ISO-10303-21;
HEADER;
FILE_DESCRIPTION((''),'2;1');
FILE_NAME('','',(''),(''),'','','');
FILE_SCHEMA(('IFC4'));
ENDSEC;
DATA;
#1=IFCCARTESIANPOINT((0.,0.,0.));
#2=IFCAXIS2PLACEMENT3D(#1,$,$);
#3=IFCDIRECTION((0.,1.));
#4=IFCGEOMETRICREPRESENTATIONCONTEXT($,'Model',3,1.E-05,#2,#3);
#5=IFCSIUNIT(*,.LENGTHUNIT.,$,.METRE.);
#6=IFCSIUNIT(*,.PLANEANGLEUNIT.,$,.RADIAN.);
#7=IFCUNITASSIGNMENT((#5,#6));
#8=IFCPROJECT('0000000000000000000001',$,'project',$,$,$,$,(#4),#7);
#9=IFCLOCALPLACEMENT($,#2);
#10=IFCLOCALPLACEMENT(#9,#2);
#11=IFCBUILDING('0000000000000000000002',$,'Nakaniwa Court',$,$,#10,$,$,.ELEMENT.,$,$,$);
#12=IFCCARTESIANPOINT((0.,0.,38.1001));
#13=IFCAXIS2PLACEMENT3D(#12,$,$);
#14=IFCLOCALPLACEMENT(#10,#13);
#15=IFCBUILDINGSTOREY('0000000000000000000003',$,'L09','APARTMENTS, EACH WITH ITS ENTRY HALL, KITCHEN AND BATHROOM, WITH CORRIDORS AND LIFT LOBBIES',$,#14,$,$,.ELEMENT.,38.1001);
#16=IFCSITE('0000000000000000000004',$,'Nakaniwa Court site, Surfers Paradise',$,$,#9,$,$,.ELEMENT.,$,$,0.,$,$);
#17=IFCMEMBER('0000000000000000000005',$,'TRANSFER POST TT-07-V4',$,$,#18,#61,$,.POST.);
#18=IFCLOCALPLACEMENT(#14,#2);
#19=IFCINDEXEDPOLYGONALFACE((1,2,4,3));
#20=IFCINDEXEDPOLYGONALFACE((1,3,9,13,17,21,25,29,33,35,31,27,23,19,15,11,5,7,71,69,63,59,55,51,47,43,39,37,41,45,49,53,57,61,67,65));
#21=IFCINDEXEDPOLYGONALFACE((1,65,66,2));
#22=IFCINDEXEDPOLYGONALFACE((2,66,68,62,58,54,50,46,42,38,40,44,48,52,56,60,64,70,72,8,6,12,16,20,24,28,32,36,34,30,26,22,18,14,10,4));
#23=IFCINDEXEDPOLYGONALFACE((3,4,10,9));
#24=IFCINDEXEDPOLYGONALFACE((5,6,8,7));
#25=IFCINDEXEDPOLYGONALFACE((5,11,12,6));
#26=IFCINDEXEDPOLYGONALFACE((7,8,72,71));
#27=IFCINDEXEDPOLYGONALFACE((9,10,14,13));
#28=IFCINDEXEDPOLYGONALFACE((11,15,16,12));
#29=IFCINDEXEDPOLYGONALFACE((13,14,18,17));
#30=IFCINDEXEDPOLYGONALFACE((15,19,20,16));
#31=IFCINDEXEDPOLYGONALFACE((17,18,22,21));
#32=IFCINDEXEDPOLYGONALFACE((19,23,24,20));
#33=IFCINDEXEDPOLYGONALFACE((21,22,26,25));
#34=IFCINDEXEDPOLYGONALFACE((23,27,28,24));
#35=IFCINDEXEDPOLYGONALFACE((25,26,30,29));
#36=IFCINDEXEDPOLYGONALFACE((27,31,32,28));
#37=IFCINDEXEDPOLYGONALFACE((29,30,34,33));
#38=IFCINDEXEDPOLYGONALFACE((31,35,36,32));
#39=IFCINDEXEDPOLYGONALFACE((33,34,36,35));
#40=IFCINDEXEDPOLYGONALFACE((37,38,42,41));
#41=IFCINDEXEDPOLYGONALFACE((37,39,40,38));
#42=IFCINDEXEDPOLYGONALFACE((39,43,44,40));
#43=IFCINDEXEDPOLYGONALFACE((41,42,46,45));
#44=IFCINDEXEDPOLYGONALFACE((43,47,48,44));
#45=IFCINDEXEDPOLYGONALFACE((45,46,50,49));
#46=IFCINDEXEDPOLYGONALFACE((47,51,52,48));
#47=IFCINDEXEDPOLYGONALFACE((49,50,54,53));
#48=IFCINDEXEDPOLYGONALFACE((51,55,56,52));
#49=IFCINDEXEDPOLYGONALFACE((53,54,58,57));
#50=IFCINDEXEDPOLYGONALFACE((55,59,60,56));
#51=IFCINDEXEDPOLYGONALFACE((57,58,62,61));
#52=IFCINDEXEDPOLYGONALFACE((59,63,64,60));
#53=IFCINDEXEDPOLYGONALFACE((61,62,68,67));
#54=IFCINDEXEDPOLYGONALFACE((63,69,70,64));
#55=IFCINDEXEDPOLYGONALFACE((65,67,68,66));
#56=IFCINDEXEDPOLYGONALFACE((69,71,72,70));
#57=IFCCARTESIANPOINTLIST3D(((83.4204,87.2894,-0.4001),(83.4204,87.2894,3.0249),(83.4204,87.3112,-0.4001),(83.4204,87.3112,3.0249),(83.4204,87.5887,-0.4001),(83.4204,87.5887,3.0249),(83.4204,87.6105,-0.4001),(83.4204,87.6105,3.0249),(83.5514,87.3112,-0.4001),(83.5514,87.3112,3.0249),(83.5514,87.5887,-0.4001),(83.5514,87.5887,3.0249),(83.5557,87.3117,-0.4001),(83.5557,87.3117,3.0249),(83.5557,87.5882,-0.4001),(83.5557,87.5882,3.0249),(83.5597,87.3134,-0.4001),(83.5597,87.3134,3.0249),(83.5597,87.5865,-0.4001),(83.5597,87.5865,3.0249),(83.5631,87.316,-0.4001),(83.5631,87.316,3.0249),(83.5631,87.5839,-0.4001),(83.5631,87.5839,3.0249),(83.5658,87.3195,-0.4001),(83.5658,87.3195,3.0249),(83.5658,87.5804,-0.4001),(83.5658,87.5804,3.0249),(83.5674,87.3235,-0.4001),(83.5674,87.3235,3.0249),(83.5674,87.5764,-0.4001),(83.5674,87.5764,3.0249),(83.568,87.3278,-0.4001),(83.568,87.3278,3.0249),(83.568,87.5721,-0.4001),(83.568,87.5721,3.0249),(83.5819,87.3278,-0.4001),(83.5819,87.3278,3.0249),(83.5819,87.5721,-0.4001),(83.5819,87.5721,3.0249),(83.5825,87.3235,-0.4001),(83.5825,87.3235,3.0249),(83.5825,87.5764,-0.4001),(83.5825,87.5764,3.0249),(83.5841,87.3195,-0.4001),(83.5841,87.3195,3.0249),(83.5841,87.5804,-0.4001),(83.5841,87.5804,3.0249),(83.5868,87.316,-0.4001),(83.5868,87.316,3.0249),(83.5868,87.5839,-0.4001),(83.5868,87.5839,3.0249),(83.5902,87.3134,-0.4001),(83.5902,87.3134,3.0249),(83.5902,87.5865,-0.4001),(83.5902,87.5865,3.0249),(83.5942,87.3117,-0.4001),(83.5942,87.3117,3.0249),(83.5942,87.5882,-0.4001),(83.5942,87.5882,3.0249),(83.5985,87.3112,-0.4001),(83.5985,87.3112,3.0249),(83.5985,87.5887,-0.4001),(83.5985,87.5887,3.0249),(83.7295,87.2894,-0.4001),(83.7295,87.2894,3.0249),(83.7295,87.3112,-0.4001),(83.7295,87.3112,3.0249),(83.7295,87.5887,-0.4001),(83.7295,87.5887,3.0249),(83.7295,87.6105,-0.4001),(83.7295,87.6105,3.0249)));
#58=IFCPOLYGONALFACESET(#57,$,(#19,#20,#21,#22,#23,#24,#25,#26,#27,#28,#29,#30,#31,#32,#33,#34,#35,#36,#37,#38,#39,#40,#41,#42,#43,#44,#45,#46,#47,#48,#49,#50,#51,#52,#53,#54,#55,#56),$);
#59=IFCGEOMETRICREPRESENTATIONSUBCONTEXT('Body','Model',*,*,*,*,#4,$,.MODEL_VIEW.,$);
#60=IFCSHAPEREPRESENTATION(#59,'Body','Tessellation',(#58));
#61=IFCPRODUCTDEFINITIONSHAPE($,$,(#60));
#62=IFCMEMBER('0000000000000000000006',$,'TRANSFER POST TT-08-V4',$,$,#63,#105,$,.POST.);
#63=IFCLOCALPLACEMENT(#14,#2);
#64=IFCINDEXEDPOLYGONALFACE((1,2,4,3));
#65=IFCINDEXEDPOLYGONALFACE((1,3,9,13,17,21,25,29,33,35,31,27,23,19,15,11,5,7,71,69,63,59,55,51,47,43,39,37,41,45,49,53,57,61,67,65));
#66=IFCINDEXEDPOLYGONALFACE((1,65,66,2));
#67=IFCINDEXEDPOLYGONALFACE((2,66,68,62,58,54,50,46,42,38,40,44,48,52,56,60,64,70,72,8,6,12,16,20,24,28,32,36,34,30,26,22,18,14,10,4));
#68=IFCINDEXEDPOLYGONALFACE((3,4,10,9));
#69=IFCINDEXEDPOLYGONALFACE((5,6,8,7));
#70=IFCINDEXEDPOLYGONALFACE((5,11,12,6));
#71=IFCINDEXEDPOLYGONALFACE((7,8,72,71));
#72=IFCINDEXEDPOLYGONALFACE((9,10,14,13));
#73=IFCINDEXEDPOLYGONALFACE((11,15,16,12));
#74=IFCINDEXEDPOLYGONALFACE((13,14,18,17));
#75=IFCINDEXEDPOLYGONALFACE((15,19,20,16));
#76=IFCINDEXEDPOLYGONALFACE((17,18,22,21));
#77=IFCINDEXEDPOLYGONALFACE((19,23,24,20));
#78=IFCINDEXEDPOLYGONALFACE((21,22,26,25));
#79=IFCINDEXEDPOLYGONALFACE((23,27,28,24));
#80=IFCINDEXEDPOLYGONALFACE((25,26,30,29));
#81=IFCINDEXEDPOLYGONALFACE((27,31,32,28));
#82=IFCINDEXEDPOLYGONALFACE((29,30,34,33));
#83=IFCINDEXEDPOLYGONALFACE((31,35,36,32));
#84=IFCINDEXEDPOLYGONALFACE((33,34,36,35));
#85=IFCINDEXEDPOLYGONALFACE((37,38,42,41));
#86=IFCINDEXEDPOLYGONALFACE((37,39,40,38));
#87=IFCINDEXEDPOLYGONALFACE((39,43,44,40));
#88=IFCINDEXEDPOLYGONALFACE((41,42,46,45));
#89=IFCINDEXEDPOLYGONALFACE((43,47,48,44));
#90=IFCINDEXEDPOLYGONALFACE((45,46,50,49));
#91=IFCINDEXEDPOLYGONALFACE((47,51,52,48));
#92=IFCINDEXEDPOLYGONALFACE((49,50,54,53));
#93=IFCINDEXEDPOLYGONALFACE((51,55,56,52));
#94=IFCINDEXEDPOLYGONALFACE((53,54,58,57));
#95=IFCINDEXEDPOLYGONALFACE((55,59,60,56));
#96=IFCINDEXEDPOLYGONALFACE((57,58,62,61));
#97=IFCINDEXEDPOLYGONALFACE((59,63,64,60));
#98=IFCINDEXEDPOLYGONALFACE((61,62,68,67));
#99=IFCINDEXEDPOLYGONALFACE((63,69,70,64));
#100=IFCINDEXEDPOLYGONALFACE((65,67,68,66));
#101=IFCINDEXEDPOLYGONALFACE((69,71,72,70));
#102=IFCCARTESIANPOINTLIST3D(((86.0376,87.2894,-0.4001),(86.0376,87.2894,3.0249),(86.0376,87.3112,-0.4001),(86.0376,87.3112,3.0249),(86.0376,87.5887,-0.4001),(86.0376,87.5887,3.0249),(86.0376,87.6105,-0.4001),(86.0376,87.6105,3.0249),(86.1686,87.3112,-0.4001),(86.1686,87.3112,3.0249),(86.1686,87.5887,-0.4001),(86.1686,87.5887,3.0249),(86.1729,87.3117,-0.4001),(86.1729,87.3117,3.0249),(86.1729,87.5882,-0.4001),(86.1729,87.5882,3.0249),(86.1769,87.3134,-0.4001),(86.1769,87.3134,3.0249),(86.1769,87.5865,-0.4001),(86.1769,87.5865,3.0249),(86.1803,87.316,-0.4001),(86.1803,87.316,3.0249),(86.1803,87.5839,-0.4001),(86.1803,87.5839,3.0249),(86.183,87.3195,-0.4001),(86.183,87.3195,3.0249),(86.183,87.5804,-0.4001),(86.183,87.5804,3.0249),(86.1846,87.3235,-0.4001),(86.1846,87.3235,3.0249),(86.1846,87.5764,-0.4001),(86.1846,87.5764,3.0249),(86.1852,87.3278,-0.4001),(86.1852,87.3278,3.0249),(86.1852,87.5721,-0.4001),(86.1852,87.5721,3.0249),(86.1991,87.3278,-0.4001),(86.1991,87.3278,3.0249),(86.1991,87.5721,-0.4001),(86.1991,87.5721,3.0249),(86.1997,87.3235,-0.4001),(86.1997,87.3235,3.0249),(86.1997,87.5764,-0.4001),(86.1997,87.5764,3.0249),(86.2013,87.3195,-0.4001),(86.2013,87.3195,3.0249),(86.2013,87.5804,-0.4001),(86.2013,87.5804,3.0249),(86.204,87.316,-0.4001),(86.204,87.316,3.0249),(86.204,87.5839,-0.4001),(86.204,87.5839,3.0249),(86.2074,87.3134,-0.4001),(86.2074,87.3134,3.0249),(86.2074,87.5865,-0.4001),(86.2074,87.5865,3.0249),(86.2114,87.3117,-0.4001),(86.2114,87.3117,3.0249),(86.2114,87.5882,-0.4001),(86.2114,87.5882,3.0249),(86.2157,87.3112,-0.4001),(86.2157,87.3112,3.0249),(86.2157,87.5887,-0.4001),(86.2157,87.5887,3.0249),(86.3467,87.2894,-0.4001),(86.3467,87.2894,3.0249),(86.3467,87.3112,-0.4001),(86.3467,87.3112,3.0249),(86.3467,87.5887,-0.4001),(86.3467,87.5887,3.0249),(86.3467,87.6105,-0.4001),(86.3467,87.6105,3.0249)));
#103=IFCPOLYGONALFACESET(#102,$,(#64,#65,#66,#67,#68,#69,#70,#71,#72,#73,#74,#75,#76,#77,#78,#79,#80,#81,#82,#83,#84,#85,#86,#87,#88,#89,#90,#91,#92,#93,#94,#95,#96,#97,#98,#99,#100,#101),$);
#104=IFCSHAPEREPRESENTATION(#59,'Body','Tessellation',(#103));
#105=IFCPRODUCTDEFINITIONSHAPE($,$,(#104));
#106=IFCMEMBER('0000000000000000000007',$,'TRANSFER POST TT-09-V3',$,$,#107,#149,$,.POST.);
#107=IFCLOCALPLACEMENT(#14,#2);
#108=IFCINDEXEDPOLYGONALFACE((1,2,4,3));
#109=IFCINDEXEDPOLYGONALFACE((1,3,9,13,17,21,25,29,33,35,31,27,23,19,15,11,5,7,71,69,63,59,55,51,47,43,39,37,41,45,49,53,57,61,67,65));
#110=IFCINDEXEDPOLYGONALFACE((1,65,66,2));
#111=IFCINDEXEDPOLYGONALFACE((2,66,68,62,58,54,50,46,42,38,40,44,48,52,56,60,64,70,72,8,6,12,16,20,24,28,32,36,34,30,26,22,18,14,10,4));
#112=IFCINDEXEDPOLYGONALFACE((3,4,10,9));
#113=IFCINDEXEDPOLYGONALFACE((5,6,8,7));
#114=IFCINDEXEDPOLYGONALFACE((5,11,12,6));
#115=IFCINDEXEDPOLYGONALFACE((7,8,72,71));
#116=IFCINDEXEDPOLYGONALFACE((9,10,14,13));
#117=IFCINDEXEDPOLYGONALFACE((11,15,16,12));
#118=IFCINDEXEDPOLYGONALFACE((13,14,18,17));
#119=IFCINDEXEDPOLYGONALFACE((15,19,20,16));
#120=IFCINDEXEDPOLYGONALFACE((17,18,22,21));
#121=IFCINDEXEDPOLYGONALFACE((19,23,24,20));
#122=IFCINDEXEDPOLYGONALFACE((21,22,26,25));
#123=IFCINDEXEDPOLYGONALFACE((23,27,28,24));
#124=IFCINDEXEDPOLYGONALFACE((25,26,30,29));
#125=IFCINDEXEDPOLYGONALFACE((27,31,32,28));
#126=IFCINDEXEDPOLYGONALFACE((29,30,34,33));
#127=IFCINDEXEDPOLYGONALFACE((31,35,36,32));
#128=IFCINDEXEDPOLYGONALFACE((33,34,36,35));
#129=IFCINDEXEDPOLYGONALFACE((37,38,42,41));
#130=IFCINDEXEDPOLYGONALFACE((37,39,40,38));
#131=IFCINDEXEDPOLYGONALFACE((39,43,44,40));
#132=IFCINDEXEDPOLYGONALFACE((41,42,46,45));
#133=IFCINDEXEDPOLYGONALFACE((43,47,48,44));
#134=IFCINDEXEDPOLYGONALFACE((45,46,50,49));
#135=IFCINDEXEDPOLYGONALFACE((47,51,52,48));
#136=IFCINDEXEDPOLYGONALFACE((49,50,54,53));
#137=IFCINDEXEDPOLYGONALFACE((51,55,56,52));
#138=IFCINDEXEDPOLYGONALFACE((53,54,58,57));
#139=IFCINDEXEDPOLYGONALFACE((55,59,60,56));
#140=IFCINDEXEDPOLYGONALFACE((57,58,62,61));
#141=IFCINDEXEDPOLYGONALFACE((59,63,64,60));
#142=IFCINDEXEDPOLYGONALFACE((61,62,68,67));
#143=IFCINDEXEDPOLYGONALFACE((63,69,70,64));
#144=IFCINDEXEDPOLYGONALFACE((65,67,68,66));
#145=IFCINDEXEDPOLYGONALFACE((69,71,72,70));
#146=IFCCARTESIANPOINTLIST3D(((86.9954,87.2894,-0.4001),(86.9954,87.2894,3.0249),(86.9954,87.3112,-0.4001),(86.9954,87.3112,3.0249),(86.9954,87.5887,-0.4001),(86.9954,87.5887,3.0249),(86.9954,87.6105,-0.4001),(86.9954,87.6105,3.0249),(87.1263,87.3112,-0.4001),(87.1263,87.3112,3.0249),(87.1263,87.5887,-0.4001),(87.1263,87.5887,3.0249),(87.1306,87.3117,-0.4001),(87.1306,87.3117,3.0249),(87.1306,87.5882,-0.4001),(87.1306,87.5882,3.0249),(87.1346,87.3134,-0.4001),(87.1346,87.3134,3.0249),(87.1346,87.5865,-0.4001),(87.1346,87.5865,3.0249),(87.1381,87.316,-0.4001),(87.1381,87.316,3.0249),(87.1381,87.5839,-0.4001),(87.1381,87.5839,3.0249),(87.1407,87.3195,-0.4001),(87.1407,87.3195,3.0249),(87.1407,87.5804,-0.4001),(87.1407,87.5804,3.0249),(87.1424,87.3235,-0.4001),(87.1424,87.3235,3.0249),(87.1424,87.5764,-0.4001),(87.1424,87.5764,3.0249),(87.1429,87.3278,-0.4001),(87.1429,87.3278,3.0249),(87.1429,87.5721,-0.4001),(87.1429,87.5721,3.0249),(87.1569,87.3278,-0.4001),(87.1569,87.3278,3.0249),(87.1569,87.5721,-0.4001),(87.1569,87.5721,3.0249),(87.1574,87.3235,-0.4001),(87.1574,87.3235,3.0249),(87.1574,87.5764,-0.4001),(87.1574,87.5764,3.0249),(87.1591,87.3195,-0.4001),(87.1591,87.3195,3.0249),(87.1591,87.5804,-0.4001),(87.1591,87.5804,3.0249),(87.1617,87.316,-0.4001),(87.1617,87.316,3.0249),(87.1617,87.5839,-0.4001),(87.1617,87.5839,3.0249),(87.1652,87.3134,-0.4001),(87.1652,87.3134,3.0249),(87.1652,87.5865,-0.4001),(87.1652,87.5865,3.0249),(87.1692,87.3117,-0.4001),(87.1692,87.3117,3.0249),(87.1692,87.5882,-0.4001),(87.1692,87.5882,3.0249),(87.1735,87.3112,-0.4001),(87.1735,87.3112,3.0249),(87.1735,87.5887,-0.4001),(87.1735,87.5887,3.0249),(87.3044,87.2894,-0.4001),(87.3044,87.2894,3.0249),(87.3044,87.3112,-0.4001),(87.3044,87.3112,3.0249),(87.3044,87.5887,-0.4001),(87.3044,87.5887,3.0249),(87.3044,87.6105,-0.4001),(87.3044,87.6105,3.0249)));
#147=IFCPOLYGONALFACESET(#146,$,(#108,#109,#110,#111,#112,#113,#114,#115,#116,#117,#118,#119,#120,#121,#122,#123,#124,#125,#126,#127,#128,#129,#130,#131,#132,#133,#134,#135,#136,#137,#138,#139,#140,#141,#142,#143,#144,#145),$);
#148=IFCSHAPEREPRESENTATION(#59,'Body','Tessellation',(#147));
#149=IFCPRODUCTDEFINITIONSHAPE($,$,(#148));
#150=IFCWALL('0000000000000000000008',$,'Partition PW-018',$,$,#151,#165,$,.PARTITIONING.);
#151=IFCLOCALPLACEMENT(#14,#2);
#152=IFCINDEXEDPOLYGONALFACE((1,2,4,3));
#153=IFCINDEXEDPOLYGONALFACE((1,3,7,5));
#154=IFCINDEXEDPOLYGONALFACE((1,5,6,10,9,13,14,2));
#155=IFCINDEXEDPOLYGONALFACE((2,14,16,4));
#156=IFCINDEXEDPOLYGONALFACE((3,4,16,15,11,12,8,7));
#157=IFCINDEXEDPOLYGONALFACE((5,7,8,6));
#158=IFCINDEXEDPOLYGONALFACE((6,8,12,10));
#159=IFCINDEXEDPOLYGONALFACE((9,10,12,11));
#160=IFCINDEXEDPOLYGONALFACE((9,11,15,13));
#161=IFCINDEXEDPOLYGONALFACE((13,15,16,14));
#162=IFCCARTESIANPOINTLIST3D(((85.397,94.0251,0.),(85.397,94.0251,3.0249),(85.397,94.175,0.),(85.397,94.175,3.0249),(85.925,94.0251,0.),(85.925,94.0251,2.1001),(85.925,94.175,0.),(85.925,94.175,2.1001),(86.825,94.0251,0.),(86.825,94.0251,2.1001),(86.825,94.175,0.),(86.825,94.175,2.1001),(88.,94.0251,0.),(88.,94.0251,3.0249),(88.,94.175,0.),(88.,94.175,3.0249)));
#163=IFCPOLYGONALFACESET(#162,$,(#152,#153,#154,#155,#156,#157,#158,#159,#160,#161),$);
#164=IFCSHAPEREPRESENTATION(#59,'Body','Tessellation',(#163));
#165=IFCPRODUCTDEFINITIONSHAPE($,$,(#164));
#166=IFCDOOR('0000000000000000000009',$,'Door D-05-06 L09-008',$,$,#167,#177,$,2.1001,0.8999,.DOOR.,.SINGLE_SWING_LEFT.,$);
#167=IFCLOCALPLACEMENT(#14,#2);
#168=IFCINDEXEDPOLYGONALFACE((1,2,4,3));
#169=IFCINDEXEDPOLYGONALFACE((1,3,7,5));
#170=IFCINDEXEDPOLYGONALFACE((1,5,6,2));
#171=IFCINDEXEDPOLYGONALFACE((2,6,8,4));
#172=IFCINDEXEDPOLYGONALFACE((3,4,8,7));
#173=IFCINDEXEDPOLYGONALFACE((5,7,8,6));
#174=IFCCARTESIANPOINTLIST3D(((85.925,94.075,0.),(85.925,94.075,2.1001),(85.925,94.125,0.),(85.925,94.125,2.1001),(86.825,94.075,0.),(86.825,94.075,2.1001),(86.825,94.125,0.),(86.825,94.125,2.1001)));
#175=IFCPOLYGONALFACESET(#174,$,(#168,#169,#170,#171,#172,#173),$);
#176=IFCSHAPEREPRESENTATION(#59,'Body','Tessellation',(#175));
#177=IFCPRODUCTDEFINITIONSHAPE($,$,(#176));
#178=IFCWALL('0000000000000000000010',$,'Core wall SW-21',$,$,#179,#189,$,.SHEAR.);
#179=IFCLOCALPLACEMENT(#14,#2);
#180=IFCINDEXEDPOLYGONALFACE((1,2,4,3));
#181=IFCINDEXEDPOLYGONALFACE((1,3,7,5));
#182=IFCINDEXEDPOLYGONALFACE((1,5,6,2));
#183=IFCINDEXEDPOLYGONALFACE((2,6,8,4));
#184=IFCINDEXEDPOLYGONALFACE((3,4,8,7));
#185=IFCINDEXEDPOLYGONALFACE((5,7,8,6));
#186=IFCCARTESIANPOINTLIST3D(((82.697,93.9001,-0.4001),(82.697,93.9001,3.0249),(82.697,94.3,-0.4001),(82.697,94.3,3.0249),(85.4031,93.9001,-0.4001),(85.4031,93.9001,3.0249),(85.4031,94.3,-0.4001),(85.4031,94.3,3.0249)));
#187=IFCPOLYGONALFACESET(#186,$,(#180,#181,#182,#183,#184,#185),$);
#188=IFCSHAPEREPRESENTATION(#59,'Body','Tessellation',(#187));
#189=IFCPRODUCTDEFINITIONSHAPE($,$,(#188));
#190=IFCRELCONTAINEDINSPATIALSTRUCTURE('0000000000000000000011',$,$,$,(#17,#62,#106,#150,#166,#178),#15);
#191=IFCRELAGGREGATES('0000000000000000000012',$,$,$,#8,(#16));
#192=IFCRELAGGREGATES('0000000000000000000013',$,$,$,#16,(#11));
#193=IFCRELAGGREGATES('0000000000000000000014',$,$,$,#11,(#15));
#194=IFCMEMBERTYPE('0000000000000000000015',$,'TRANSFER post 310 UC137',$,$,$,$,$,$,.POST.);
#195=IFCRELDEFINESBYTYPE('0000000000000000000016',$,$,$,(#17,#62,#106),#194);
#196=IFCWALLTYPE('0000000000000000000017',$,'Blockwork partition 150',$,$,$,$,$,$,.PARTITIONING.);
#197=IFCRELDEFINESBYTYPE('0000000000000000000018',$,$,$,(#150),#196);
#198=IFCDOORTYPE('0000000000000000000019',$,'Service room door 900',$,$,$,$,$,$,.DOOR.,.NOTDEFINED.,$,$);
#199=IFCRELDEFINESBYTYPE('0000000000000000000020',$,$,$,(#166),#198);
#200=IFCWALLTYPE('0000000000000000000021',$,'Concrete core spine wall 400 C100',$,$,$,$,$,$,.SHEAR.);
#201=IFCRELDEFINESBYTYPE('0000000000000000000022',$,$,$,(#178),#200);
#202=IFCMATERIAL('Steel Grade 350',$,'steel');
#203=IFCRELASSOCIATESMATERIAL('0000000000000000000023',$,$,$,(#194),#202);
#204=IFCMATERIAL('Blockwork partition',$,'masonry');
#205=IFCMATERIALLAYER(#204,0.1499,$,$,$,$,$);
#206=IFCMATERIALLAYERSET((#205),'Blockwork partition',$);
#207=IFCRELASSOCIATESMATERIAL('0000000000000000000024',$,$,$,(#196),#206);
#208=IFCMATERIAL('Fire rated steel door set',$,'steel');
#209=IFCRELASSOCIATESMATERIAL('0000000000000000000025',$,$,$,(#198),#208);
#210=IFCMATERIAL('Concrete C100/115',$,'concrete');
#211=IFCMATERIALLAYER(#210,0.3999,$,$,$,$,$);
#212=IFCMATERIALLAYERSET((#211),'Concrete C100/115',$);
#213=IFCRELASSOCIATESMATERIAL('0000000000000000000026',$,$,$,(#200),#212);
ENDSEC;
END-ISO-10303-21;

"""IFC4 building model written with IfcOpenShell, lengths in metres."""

from ifc_helpers import new_model, si_unit, direction, frame, frame_2d, origin, origin_2d, place, context, subcontext, project, spatial, rectangle, i_section, extrude, material, layer, layer_set, material_profile, profile_set, type_object, element, fill, save


model = new_model("IFC4")

# Units and contexts
model_context = context("Model", 3, precision=1e-05, world=origin(), true_north=direction((0.0, 1.0)))
body_context = subcontext(model_context, "Body", "Model", "MODEL_VIEW")
ifc_project = project(units=[si_unit("LENGTHUNIT", "METRE"), si_unit("PLANEANGLEUNIT", "RADIAN")], contexts=[model_context])

# Site, building, storey
site_placement = place(None, origin())
site = spatial("IfcSite", under=ifc_project, at=site_placement, Name="Nakaniwa Court site, Surfers Paradise", CompositionType="ELEMENT", RefElevation=0.0)
building_placement = place(site_placement, origin())
building = spatial("IfcBuilding", under=site, at=building_placement, Name="Nakaniwa Court", CompositionType="ELEMENT")
storey_placement = place(building_placement, frame((0.0, 0.0, 38.1001)))
storey = spatial("IfcBuildingStorey", under=building, at=storey_placement, Name="L09", Description="APARTMENTS, EACH WITH ITS ENTRY HALL, KITCHEN AND BATHROOM, WITH CORRIDORS AND LIFT LOBBIES", CompositionType="ELEMENT", Elevation=38.1001)

# Members
ifc_material_1 = material(Name="Steel Grade 350", Category="steel")
ifc_material_profile_1 = material_profile(ifc_material_1, i_section(OverallWidth=0.3091, OverallDepth=0.321, WebThickness=0.0139, FlangeThickness=0.0217, FilletRadius=0.0166, at=origin_2d()), Name="310UC137")
ifc_profile_set_1 = profile_set([ifc_material_profile_1], Name="Steel Grade 350")
member_type = type_object("IfcMemberType", Name="TRANSFER post 310 UC137", PredefinedType="POST", material=ifc_profile_set_1)
for number, where, z_axis, x_axis, name in (
    (1, (83.575, 87.45, -0.4001), (0.0, 0.0, 1.0), (1.0, 0.0, 0.0), "TRANSFER POST TT-07-V4"),
    (2, (86.1921, 87.45, -0.4001), (0.0, 0.0, 1.0), (1.0, 0.0, 0.0), "TRANSFER POST TT-08-V4"),
    (3, (87.1499, 87.45, -0.4001), (0.0, 0.0, 1.0), (1.0, 0.0, 0.0), "TRANSFER POST TT-09-V3"),
):
    element("IfcMember", number, at=place(storey_placement, frame(where, z_axis=z_axis, x_axis=x_axis)), inside=storey, type_object=member_type, Name=name, PredefinedType="POST", context=body_context, shape_type="SweptSolid", body=[
        extrude(i_section(OverallWidth=0.3091, OverallDepth=0.321, WebThickness=0.0139, FlangeThickness=0.0217, FilletRadius=0.0166, at=origin_2d()), origin(), (0.0, 0.0, 1.0), 3.425),
    ])

# Wall, opening, door
ifc_material_2 = material(Name="Blockwork partition", Category="masonry")
ifc_layer_1 = layer(ifc_material_2, 0.1499)
ifc_layer_set_1 = layer_set([ifc_layer_1], Name="Blockwork partition")
wall_type_1 = type_object("IfcWallType", Name="Blockwork partition 150", PredefinedType="PARTITIONING", material=ifc_layer_set_1)
wall_1_placement = place(storey_placement, frame((85.397, 94.1001, 0.0), z_axis=(0.0, 0.0, 1.0), x_axis=(1.0, 0.0, 0.0)))
wall_1 = element("IfcWall", 4, at=wall_1_placement, inside=storey, type_object=wall_type_1, Name="Partition PW-018", PredefinedType="PARTITIONING", context=body_context, shape_type="SweptSolid", body=[
    extrude(rectangle(XDim=2.603, YDim=0.1499, at=frame_2d((1.3015, 0.0))), origin(), (0.0, 0.0, 1.0), 3.0249),
])
opening_1_placement = place(wall_1_placement, frame((0.5281, 0.0, 0.0)))
opening_1 = element("IfcOpeningElement", 5, at=opening_1_placement, cuts=wall_1, PredefinedType="OPENING", context=body_context, shape_type="SweptSolid", body=[
    extrude(rectangle(XDim=0.8999, YDim=2.1001, at=frame_2d((0.45, 1.05))), frame((0.0, 0.085, 0.0), z_axis=(0.0, -1.0, 0.0), x_axis=(1.0, 0.0, 0.0)), (0.0, 0.0, 1.0), 0.1699),
])
ifc_material_3 = material(Name="Fire rated steel door set", Category="steel")
door_type = type_object("IfcDoorType", Name="Service room door 900", OperationType="NOTDEFINED", PredefinedType="DOOR", material=ifc_material_3)
door_1_placement = place(opening_1_placement, origin())
door_1 = element("IfcDoor", 6, at=door_1_placement, inside=storey, type_object=door_type, Name="Door D-05-06 L09-008", OperationType="SINGLE_SWING_LEFT", OverallHeight=2.1001, OverallWidth=0.8999, PredefinedType="DOOR", context=body_context, shape_type="SweptSolid", body=[
    extrude(rectangle(XDim=0.8999, YDim=2.1001, at=frame_2d((0.45, 1.05))), frame((0.0, 0.0249, 0.0), z_axis=(0.0, -1.0, 0.0), x_axis=(1.0, 0.0, 0.0)), (0.0, 0.0, 1.0), 0.05),
])
fill(opening_1, door_1)

# Wall
ifc_material_4 = material(Name="Concrete C100/115", Category="concrete")
ifc_layer_2 = layer(ifc_material_4, 0.3999)
ifc_layer_set_2 = layer_set([ifc_layer_2], Name="Concrete C100/115")
wall_type_2 = type_object("IfcWallType", Name="Concrete core spine wall 400 C100", PredefinedType="SHEAR", material=ifc_layer_set_2)
wall_2_placement = place(storey_placement, frame((82.697, 94.1001, -0.4001), z_axis=(0.0, 0.0, 1.0), x_axis=(1.0, 0.0, 0.0)))
element("IfcWall", 7, at=wall_2_placement, inside=storey, type_object=wall_type_2, Name="Core wall SW-21", PredefinedType="SHEAR", context=body_context, shape_type="SweptSolid", body=[
    extrude(rectangle(XDim=2.7061, YDim=0.3999, at=frame_2d((1.353, 0.0))), origin(), (0.0, 0.0, 1.0), 3.425),
])

save(model, "model.ifc")
